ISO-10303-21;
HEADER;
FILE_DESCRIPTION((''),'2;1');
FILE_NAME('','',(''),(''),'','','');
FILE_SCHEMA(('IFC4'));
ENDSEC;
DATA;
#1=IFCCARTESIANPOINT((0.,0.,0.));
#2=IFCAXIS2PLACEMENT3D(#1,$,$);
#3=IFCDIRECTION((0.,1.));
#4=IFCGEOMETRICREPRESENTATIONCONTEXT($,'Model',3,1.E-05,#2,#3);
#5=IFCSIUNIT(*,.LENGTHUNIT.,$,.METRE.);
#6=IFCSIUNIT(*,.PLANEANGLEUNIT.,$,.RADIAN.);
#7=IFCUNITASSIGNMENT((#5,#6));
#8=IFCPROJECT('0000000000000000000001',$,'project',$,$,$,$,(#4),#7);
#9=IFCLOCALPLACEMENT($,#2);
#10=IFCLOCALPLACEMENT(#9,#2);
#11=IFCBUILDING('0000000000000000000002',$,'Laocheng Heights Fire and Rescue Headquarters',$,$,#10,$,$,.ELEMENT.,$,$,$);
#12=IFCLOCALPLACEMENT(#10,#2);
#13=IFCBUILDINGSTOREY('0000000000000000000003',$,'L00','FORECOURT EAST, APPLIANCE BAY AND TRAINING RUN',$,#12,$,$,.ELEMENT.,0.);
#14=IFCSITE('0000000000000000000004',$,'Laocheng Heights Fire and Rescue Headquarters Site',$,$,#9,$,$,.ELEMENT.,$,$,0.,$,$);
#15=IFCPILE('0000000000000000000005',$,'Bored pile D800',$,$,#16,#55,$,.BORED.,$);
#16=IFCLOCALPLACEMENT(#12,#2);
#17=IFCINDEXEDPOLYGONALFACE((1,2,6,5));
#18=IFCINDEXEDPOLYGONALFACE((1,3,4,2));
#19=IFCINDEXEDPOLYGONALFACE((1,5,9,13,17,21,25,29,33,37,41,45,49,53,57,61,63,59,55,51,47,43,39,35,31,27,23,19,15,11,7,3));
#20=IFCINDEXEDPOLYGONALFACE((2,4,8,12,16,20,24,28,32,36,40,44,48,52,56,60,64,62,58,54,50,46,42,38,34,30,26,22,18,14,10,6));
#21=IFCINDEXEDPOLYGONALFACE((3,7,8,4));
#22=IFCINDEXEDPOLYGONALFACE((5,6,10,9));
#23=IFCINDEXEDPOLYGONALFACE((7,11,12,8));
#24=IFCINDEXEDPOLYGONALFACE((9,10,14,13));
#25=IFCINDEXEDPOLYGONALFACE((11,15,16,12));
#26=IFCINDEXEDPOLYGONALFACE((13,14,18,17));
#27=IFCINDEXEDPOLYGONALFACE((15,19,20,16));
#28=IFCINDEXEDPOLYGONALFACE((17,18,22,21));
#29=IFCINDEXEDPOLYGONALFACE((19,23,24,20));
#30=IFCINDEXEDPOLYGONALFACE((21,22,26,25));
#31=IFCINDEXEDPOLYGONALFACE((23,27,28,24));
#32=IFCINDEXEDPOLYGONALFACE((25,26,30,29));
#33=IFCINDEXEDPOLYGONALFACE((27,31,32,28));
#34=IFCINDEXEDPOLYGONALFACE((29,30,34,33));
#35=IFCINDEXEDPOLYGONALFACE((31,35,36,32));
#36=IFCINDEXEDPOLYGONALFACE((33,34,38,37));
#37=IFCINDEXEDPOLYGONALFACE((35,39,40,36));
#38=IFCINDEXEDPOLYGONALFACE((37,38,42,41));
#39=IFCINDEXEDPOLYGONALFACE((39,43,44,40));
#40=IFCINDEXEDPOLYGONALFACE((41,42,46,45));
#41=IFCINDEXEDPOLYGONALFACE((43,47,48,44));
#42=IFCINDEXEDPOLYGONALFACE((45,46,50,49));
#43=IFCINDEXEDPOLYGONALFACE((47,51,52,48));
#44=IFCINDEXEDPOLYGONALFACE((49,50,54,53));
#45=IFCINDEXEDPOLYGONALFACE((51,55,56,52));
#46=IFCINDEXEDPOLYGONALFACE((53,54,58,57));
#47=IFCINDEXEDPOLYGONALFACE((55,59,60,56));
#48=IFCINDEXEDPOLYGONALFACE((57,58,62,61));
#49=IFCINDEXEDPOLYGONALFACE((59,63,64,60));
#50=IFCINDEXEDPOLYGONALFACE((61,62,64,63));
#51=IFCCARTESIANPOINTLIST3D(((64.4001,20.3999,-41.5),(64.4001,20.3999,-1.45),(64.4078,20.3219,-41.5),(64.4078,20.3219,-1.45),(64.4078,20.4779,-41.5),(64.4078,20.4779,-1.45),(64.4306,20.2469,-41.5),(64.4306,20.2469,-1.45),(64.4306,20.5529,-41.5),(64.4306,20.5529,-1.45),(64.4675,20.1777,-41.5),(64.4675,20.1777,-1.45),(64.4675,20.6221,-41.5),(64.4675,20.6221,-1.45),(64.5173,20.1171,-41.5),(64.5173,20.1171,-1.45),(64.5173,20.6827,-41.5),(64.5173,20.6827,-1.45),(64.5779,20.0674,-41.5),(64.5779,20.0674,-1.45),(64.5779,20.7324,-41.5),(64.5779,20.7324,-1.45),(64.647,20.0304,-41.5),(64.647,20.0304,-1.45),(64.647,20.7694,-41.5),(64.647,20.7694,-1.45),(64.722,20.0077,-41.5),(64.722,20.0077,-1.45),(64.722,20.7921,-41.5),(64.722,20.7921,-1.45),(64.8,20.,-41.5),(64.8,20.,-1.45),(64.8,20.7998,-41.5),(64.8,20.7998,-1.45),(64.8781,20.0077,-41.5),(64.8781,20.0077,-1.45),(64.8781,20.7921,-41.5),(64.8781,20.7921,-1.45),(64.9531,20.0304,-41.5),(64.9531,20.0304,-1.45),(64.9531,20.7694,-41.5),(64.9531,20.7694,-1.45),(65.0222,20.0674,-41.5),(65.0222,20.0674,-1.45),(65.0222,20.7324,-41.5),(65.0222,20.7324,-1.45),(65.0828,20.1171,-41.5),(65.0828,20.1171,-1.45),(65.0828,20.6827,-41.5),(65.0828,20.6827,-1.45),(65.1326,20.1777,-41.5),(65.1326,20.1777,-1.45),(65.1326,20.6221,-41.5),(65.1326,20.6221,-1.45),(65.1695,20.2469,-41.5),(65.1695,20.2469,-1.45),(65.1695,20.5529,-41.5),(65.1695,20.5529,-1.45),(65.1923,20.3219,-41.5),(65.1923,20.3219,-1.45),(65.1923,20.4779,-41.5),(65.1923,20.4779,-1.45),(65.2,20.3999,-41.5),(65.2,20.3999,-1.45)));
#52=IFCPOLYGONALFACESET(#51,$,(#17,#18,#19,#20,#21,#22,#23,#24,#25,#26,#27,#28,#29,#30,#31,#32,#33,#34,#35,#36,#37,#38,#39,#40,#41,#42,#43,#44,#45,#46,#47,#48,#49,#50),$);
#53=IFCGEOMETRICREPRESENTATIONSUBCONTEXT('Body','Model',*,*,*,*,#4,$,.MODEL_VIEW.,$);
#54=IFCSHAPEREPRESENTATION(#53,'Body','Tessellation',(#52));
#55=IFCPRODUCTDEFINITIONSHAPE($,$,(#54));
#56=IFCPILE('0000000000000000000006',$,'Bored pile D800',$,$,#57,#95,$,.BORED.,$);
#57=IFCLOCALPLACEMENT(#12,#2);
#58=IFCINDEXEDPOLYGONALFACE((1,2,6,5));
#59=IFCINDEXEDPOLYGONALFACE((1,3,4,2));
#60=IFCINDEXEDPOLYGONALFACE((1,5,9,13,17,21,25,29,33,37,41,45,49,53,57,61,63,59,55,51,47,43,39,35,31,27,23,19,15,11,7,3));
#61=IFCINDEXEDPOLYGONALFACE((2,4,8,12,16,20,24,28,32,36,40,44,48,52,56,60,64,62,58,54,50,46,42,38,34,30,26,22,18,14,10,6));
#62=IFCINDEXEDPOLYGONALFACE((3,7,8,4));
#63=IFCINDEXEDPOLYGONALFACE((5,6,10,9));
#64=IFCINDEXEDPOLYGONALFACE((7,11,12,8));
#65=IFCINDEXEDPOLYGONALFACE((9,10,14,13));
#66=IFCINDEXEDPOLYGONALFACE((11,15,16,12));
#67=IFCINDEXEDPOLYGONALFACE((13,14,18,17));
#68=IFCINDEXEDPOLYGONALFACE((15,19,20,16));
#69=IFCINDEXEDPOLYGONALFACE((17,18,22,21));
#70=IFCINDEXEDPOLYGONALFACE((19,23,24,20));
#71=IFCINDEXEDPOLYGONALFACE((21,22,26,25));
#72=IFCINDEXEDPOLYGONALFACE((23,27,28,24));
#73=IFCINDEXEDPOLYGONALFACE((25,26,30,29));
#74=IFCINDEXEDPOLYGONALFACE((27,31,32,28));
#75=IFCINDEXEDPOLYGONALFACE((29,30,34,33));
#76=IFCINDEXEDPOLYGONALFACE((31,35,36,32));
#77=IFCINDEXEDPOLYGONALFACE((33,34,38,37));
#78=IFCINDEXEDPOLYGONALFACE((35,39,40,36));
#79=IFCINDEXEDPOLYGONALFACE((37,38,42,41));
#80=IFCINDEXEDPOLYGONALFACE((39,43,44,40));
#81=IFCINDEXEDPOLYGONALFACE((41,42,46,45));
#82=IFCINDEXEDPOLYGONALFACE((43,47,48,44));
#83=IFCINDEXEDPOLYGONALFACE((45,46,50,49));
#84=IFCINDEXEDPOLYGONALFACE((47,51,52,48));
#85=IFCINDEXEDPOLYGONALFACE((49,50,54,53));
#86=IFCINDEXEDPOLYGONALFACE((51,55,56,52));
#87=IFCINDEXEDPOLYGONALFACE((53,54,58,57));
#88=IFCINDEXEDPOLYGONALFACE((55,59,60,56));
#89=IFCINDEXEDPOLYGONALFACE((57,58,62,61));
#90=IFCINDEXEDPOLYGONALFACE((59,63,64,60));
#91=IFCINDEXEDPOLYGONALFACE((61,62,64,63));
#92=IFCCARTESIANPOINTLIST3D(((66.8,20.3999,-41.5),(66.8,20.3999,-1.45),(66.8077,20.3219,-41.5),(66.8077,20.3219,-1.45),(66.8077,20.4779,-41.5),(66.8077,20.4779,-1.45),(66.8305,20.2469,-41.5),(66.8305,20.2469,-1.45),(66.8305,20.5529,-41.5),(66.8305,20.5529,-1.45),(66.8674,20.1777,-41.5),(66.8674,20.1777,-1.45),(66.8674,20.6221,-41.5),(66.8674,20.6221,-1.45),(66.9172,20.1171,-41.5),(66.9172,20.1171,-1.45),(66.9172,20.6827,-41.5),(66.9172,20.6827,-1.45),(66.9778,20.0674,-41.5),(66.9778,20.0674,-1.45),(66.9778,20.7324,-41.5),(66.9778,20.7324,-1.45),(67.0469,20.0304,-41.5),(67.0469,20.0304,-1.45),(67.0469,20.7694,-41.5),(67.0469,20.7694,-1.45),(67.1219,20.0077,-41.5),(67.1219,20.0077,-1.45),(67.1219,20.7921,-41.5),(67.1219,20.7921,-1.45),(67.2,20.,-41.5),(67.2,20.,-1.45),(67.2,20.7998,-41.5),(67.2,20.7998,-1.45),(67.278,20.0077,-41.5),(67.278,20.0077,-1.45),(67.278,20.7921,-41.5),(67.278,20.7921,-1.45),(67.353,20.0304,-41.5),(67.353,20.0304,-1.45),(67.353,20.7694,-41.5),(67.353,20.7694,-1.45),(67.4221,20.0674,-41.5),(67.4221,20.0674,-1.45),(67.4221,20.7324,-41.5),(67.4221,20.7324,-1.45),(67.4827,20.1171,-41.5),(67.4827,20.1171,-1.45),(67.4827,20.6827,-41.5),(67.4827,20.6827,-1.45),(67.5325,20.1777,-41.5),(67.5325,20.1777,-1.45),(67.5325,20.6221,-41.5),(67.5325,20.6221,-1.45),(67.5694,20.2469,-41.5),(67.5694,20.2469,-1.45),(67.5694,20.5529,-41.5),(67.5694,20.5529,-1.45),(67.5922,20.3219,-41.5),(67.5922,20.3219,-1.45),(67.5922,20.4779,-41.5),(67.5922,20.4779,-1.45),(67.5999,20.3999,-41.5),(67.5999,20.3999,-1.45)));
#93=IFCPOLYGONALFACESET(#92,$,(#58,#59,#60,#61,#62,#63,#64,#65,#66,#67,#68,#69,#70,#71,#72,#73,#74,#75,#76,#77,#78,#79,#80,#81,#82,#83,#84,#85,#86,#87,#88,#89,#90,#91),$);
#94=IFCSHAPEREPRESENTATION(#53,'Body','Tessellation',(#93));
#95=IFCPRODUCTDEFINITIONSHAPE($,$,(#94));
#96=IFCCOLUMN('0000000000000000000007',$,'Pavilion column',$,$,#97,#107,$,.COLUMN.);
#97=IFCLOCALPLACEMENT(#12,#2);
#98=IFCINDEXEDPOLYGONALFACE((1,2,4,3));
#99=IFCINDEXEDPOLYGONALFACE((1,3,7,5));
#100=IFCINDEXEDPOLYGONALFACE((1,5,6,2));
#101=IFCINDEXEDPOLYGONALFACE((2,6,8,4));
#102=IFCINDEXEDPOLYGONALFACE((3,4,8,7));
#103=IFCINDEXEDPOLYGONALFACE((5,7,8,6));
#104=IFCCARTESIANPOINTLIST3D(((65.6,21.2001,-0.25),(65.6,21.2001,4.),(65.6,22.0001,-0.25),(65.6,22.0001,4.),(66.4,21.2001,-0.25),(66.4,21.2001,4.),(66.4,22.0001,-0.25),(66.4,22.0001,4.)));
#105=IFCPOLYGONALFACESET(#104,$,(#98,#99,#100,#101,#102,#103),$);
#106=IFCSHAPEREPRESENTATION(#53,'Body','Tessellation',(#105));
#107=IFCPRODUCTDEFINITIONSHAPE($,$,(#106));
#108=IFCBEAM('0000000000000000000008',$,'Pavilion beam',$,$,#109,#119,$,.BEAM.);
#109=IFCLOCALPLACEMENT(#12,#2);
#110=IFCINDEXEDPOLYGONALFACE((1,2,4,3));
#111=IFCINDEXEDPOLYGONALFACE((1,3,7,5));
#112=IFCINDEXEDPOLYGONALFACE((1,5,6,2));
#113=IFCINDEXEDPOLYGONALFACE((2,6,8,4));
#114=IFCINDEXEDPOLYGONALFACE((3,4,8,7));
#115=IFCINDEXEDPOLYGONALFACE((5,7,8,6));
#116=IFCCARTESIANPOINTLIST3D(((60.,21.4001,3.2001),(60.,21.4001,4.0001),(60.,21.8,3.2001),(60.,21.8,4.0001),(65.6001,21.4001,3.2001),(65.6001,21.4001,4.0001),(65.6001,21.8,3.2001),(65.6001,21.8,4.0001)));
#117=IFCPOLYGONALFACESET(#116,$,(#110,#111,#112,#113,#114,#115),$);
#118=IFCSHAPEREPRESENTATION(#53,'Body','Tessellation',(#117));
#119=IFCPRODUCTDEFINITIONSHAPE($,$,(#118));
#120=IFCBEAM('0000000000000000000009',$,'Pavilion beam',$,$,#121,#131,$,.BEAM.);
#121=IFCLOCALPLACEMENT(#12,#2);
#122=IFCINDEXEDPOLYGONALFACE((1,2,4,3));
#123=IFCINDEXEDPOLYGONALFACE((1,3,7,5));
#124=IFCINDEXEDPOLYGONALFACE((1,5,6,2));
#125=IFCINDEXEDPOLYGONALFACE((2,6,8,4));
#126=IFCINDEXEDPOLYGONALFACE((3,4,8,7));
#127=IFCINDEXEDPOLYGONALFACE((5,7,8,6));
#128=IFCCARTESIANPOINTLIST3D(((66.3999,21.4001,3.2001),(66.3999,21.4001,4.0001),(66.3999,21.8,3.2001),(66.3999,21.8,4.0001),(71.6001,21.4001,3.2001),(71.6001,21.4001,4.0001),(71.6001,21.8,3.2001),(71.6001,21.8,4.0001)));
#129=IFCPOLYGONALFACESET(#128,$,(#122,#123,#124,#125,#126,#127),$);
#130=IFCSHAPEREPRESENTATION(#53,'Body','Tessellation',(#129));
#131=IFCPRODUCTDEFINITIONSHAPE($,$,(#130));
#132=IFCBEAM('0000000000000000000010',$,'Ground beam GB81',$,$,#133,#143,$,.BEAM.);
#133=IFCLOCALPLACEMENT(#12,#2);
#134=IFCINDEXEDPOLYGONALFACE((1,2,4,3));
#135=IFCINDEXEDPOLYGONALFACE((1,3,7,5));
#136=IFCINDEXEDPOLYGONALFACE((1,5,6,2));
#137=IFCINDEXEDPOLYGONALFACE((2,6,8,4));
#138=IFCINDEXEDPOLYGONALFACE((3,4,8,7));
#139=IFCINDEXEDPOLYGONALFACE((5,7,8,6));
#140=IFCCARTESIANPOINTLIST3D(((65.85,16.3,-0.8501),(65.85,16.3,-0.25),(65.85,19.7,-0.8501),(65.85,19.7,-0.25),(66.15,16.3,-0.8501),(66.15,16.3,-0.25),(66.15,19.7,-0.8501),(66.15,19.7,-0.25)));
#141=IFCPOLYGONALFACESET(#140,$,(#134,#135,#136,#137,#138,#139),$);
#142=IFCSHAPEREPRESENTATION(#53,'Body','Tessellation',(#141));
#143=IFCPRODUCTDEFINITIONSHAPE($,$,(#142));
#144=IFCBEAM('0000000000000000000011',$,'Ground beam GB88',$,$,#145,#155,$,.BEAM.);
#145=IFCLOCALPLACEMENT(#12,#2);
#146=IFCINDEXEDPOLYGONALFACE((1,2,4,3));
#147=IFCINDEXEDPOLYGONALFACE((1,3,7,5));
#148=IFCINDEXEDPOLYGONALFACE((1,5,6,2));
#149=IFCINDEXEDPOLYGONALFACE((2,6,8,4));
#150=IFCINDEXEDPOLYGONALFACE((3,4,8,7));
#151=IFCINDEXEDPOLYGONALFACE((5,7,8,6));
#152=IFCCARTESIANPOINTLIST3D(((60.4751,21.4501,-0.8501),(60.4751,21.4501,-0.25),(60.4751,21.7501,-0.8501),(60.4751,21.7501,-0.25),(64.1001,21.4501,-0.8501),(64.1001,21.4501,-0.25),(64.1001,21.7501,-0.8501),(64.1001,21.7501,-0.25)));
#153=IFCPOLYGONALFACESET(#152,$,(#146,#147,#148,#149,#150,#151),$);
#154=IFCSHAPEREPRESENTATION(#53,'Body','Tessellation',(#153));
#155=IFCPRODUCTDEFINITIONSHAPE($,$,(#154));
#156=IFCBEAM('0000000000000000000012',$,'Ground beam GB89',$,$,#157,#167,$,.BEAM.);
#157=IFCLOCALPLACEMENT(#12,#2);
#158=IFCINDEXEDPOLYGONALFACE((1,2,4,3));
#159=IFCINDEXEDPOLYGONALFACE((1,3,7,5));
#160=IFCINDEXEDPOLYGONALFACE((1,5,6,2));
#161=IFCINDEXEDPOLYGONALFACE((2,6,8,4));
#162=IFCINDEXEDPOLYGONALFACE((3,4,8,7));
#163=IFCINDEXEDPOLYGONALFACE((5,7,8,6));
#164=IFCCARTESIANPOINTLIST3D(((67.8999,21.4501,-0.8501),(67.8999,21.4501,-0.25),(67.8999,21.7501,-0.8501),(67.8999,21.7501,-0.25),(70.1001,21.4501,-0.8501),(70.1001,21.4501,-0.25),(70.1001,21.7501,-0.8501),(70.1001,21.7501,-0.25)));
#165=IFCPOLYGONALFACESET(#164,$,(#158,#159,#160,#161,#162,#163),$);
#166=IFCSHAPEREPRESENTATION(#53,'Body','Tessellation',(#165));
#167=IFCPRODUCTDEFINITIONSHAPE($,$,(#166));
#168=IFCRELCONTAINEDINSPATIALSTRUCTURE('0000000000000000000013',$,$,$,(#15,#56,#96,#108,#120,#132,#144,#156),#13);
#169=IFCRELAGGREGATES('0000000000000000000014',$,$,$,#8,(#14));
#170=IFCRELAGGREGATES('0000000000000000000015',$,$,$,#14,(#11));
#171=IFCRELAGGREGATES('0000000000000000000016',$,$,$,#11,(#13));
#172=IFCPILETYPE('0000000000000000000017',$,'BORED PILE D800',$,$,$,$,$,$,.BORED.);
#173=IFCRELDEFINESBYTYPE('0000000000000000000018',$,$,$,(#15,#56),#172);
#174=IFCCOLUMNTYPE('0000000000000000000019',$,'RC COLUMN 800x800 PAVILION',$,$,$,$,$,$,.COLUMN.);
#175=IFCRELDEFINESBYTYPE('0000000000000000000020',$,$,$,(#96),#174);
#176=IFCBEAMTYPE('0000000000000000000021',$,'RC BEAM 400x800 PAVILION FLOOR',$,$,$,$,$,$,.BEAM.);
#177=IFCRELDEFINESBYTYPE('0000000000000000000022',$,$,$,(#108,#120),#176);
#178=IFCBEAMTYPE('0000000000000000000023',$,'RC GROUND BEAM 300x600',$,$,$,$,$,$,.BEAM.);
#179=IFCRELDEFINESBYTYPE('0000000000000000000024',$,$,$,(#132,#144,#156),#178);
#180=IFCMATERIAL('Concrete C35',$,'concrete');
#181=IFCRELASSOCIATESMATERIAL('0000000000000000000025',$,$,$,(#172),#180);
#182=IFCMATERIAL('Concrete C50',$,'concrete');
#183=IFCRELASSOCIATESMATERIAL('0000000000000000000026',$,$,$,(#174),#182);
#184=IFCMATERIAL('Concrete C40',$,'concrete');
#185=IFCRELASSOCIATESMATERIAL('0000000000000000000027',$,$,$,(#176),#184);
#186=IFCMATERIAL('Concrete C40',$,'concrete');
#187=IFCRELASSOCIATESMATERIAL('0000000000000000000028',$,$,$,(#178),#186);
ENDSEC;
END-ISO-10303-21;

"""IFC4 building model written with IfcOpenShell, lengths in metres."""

from ifc_helpers import new_model, si_unit, direction, frame, origin, origin_2d, place, context, subcontext, project, spatial, rectangle, circle, extrude, material, material_profile, profile_set, type_object, element, save


model = new_model("IFC4")

# Units and contexts
model_context = context("Model", 3, precision=1e-05, world=origin(), true_north=direction((0.0, 1.0)))
body_context = subcontext(model_context, "Body", "Model", "MODEL_VIEW")
ifc_project = project(units=[si_unit("LENGTHUNIT", "METRE"), si_unit("PLANEANGLEUNIT", "RADIAN")], contexts=[model_context])

# Site, building, storey
site_placement = place(None, origin())
site = spatial("IfcSite", under=ifc_project, at=site_placement, Name="Laocheng Heights Fire and Rescue Headquarters Site", CompositionType="ELEMENT", RefElevation=0.0)
building_placement = place(site_placement, origin())
building = spatial("IfcBuilding", under=site, at=building_placement, Name="Laocheng Heights Fire and Rescue Headquarters", CompositionType="ELEMENT")
storey_placement = place(building_placement, origin())
storey = spatial("IfcBuildingStorey", under=building, at=storey_placement, Name="L00", Description="FORECOURT EAST, APPLIANCE BAY AND TRAINING RUN", CompositionType="ELEMENT", Elevation=0.0)

# Piles
ifc_material_1 = material(Name="Concrete C35", Category="concrete")
ifc_material_profile_1 = material_profile(ifc_material_1, circle(Radius=0.3999, at=origin_2d()), Name="BORED PILE D800")
ifc_profile_set_1 = profile_set([ifc_material_profile_1], Name="Concrete C35")
pile_type = type_object("IfcPileType", Name="BORED PILE D800", PredefinedType="BORED", material=ifc_profile_set_1)
for number, where, z_axis, x_axis, name in (
    (1, (64.8, 20.3999, -1.45), (0.0, 0.0, -1.0), (1.0, 0.0, 0.0), "Bored pile D800"),
    (2, (67.2, 20.3999, -1.45), (0.0, 0.0, -1.0), (1.0, 0.0, 0.0), "Bored pile D800"),
):
    element("IfcPile", number, at=place(storey_placement, frame(where, z_axis=z_axis, x_axis=x_axis)), inside=storey, type_object=pile_type, Name=name, PredefinedType="BORED", context=body_context, shape_type="SweptSolid", body=[
        extrude(circle(Radius=0.3999, at=origin_2d()), origin(), (0.0, 0.0, 1.0), 40.05),
    ])

# Column
ifc_material_2 = material(Name="Concrete C50", Category="concrete")
ifc_material_profile_2 = material_profile(ifc_material_2, rectangle(XDim=0.8, YDim=0.8, at=origin_2d()), Name="RC COLUMN 800x800 PAVILION")
ifc_profile_set_2 = profile_set([ifc_material_profile_2], Name="Concrete C50")
column_type = type_object("IfcColumnType", Name="RC COLUMN 800x800 PAVILION", PredefinedType="COLUMN", material=ifc_profile_set_2)
column_placement = place(storey_placement, frame((66.0, 21.6001, -0.25), z_axis=(0.0, 0.0, 1.0), x_axis=(1.0, 0.0, 0.0)))
element("IfcColumn", 3, at=column_placement, inside=storey, type_object=column_type, Name="Pavilion column", PredefinedType="COLUMN", context=body_context, shape_type="SweptSolid", body=[
    extrude(rectangle(XDim=0.8, YDim=0.8, at=origin_2d()), origin(), (0.0, 0.0, 1.0), 4.25),
])

# Beams
ifc_material_3 = material(Name="Concrete C40", Category="concrete")
ifc_material_profile_3 = material_profile(ifc_material_3, rectangle(XDim=0.3999, YDim=0.8, at=origin_2d()), Name="RC BEAM 400x800 PAVILION FLOOR")
ifc_profile_set_3 = profile_set([ifc_material_profile_3], Name="Concrete C40")
beam_type_1 = type_object("IfcBeamType", Name="RC BEAM 400x800 PAVILION FLOOR", PredefinedType="BEAM", material=ifc_profile_set_3)
beam_1_placement = place(storey_placement, frame((60.0, 21.6001, 3.6001), z_axis=(1.0, 0.0, 0.0), x_axis=(0.0, 1.0, 0.0)))
element("IfcBeam", 4, at=beam_1_placement, inside=storey, type_object=beam_type_1, Name="Pavilion beam", PredefinedType="BEAM", context=body_context, shape_type="SweptSolid", body=[
    extrude(rectangle(XDim=0.3999, YDim=0.8, at=origin_2d()), origin(), (0.0, 0.0, 1.0), 5.6001),
])
beam_2_placement = place(storey_placement, frame((66.3999, 21.6001, 3.6001), z_axis=(1.0, 0.0, 0.0), x_axis=(0.0, 1.0, 0.0)))
element("IfcBeam", 5, at=beam_2_placement, inside=storey, type_object=beam_type_1, Name="Pavilion beam", PredefinedType="BEAM", context=body_context, shape_type="SweptSolid", body=[
    extrude(rectangle(XDim=0.3999, YDim=0.8, at=origin_2d()), origin(), (0.0, 0.0, 1.0), 5.2002),
])
ifc_material_4 = material(Name="Concrete C40", Category="concrete")
ifc_material_profile_4 = material_profile(ifc_material_4, rectangle(XDim=0.3, YDim=0.6001, at=origin_2d()), Name="RC GROUND BEAM 300x600")
ifc_profile_set_4 = profile_set([ifc_material_profile_4], Name="Concrete C40")
beam_type_2 = type_object("IfcBeamType", Name="RC GROUND BEAM 300x600", PredefinedType="BEAM", material=ifc_profile_set_4)
beam_3_placement = place(storey_placement, frame((66.0, 16.3, -0.55), z_axis=(0.0, 1.0, 0.0), x_axis=(-1.0, 0.0, 0.0)))
element("IfcBeam", 6, at=beam_3_placement, inside=storey, type_object=beam_type_2, Name="Ground beam GB81", PredefinedType="BEAM", context=body_context, shape_type="SweptSolid", body=[
    extrude(rectangle(XDim=0.3, YDim=0.6001, at=origin_2d()), origin(), (0.0, 0.0, 1.0), 3.3999),
])
beam_4_placement = place(storey_placement, frame((60.4751, 21.6001, -0.55), z_axis=(1.0, 0.0, 0.0), x_axis=(0.0, 1.0, 0.0)))
element("IfcBeam", 7, at=beam_4_placement, inside=storey, type_object=beam_type_2, Name="Ground beam GB88", PredefinedType="BEAM", context=body_context, shape_type="SweptSolid", body=[
    extrude(rectangle(XDim=0.3, YDim=0.6001, at=origin_2d()), origin(), (0.0, 0.0, 1.0), 3.625),
])
beam_5_placement = place(storey_placement, frame((67.8999, 21.6001, -0.55), z_axis=(1.0, 0.0, 0.0), x_axis=(0.0, 1.0, 0.0)))
element("IfcBeam", 8, at=beam_5_placement, inside=storey, type_object=beam_type_2, Name="Ground beam GB89", PredefinedType="BEAM", context=body_context, shape_type="SweptSolid", body=[
    extrude(rectangle(XDim=0.3, YDim=0.6001, at=origin_2d()), origin(), (0.0, 0.0, 1.0), 2.2002),
])

save(model, "model.ifc")
